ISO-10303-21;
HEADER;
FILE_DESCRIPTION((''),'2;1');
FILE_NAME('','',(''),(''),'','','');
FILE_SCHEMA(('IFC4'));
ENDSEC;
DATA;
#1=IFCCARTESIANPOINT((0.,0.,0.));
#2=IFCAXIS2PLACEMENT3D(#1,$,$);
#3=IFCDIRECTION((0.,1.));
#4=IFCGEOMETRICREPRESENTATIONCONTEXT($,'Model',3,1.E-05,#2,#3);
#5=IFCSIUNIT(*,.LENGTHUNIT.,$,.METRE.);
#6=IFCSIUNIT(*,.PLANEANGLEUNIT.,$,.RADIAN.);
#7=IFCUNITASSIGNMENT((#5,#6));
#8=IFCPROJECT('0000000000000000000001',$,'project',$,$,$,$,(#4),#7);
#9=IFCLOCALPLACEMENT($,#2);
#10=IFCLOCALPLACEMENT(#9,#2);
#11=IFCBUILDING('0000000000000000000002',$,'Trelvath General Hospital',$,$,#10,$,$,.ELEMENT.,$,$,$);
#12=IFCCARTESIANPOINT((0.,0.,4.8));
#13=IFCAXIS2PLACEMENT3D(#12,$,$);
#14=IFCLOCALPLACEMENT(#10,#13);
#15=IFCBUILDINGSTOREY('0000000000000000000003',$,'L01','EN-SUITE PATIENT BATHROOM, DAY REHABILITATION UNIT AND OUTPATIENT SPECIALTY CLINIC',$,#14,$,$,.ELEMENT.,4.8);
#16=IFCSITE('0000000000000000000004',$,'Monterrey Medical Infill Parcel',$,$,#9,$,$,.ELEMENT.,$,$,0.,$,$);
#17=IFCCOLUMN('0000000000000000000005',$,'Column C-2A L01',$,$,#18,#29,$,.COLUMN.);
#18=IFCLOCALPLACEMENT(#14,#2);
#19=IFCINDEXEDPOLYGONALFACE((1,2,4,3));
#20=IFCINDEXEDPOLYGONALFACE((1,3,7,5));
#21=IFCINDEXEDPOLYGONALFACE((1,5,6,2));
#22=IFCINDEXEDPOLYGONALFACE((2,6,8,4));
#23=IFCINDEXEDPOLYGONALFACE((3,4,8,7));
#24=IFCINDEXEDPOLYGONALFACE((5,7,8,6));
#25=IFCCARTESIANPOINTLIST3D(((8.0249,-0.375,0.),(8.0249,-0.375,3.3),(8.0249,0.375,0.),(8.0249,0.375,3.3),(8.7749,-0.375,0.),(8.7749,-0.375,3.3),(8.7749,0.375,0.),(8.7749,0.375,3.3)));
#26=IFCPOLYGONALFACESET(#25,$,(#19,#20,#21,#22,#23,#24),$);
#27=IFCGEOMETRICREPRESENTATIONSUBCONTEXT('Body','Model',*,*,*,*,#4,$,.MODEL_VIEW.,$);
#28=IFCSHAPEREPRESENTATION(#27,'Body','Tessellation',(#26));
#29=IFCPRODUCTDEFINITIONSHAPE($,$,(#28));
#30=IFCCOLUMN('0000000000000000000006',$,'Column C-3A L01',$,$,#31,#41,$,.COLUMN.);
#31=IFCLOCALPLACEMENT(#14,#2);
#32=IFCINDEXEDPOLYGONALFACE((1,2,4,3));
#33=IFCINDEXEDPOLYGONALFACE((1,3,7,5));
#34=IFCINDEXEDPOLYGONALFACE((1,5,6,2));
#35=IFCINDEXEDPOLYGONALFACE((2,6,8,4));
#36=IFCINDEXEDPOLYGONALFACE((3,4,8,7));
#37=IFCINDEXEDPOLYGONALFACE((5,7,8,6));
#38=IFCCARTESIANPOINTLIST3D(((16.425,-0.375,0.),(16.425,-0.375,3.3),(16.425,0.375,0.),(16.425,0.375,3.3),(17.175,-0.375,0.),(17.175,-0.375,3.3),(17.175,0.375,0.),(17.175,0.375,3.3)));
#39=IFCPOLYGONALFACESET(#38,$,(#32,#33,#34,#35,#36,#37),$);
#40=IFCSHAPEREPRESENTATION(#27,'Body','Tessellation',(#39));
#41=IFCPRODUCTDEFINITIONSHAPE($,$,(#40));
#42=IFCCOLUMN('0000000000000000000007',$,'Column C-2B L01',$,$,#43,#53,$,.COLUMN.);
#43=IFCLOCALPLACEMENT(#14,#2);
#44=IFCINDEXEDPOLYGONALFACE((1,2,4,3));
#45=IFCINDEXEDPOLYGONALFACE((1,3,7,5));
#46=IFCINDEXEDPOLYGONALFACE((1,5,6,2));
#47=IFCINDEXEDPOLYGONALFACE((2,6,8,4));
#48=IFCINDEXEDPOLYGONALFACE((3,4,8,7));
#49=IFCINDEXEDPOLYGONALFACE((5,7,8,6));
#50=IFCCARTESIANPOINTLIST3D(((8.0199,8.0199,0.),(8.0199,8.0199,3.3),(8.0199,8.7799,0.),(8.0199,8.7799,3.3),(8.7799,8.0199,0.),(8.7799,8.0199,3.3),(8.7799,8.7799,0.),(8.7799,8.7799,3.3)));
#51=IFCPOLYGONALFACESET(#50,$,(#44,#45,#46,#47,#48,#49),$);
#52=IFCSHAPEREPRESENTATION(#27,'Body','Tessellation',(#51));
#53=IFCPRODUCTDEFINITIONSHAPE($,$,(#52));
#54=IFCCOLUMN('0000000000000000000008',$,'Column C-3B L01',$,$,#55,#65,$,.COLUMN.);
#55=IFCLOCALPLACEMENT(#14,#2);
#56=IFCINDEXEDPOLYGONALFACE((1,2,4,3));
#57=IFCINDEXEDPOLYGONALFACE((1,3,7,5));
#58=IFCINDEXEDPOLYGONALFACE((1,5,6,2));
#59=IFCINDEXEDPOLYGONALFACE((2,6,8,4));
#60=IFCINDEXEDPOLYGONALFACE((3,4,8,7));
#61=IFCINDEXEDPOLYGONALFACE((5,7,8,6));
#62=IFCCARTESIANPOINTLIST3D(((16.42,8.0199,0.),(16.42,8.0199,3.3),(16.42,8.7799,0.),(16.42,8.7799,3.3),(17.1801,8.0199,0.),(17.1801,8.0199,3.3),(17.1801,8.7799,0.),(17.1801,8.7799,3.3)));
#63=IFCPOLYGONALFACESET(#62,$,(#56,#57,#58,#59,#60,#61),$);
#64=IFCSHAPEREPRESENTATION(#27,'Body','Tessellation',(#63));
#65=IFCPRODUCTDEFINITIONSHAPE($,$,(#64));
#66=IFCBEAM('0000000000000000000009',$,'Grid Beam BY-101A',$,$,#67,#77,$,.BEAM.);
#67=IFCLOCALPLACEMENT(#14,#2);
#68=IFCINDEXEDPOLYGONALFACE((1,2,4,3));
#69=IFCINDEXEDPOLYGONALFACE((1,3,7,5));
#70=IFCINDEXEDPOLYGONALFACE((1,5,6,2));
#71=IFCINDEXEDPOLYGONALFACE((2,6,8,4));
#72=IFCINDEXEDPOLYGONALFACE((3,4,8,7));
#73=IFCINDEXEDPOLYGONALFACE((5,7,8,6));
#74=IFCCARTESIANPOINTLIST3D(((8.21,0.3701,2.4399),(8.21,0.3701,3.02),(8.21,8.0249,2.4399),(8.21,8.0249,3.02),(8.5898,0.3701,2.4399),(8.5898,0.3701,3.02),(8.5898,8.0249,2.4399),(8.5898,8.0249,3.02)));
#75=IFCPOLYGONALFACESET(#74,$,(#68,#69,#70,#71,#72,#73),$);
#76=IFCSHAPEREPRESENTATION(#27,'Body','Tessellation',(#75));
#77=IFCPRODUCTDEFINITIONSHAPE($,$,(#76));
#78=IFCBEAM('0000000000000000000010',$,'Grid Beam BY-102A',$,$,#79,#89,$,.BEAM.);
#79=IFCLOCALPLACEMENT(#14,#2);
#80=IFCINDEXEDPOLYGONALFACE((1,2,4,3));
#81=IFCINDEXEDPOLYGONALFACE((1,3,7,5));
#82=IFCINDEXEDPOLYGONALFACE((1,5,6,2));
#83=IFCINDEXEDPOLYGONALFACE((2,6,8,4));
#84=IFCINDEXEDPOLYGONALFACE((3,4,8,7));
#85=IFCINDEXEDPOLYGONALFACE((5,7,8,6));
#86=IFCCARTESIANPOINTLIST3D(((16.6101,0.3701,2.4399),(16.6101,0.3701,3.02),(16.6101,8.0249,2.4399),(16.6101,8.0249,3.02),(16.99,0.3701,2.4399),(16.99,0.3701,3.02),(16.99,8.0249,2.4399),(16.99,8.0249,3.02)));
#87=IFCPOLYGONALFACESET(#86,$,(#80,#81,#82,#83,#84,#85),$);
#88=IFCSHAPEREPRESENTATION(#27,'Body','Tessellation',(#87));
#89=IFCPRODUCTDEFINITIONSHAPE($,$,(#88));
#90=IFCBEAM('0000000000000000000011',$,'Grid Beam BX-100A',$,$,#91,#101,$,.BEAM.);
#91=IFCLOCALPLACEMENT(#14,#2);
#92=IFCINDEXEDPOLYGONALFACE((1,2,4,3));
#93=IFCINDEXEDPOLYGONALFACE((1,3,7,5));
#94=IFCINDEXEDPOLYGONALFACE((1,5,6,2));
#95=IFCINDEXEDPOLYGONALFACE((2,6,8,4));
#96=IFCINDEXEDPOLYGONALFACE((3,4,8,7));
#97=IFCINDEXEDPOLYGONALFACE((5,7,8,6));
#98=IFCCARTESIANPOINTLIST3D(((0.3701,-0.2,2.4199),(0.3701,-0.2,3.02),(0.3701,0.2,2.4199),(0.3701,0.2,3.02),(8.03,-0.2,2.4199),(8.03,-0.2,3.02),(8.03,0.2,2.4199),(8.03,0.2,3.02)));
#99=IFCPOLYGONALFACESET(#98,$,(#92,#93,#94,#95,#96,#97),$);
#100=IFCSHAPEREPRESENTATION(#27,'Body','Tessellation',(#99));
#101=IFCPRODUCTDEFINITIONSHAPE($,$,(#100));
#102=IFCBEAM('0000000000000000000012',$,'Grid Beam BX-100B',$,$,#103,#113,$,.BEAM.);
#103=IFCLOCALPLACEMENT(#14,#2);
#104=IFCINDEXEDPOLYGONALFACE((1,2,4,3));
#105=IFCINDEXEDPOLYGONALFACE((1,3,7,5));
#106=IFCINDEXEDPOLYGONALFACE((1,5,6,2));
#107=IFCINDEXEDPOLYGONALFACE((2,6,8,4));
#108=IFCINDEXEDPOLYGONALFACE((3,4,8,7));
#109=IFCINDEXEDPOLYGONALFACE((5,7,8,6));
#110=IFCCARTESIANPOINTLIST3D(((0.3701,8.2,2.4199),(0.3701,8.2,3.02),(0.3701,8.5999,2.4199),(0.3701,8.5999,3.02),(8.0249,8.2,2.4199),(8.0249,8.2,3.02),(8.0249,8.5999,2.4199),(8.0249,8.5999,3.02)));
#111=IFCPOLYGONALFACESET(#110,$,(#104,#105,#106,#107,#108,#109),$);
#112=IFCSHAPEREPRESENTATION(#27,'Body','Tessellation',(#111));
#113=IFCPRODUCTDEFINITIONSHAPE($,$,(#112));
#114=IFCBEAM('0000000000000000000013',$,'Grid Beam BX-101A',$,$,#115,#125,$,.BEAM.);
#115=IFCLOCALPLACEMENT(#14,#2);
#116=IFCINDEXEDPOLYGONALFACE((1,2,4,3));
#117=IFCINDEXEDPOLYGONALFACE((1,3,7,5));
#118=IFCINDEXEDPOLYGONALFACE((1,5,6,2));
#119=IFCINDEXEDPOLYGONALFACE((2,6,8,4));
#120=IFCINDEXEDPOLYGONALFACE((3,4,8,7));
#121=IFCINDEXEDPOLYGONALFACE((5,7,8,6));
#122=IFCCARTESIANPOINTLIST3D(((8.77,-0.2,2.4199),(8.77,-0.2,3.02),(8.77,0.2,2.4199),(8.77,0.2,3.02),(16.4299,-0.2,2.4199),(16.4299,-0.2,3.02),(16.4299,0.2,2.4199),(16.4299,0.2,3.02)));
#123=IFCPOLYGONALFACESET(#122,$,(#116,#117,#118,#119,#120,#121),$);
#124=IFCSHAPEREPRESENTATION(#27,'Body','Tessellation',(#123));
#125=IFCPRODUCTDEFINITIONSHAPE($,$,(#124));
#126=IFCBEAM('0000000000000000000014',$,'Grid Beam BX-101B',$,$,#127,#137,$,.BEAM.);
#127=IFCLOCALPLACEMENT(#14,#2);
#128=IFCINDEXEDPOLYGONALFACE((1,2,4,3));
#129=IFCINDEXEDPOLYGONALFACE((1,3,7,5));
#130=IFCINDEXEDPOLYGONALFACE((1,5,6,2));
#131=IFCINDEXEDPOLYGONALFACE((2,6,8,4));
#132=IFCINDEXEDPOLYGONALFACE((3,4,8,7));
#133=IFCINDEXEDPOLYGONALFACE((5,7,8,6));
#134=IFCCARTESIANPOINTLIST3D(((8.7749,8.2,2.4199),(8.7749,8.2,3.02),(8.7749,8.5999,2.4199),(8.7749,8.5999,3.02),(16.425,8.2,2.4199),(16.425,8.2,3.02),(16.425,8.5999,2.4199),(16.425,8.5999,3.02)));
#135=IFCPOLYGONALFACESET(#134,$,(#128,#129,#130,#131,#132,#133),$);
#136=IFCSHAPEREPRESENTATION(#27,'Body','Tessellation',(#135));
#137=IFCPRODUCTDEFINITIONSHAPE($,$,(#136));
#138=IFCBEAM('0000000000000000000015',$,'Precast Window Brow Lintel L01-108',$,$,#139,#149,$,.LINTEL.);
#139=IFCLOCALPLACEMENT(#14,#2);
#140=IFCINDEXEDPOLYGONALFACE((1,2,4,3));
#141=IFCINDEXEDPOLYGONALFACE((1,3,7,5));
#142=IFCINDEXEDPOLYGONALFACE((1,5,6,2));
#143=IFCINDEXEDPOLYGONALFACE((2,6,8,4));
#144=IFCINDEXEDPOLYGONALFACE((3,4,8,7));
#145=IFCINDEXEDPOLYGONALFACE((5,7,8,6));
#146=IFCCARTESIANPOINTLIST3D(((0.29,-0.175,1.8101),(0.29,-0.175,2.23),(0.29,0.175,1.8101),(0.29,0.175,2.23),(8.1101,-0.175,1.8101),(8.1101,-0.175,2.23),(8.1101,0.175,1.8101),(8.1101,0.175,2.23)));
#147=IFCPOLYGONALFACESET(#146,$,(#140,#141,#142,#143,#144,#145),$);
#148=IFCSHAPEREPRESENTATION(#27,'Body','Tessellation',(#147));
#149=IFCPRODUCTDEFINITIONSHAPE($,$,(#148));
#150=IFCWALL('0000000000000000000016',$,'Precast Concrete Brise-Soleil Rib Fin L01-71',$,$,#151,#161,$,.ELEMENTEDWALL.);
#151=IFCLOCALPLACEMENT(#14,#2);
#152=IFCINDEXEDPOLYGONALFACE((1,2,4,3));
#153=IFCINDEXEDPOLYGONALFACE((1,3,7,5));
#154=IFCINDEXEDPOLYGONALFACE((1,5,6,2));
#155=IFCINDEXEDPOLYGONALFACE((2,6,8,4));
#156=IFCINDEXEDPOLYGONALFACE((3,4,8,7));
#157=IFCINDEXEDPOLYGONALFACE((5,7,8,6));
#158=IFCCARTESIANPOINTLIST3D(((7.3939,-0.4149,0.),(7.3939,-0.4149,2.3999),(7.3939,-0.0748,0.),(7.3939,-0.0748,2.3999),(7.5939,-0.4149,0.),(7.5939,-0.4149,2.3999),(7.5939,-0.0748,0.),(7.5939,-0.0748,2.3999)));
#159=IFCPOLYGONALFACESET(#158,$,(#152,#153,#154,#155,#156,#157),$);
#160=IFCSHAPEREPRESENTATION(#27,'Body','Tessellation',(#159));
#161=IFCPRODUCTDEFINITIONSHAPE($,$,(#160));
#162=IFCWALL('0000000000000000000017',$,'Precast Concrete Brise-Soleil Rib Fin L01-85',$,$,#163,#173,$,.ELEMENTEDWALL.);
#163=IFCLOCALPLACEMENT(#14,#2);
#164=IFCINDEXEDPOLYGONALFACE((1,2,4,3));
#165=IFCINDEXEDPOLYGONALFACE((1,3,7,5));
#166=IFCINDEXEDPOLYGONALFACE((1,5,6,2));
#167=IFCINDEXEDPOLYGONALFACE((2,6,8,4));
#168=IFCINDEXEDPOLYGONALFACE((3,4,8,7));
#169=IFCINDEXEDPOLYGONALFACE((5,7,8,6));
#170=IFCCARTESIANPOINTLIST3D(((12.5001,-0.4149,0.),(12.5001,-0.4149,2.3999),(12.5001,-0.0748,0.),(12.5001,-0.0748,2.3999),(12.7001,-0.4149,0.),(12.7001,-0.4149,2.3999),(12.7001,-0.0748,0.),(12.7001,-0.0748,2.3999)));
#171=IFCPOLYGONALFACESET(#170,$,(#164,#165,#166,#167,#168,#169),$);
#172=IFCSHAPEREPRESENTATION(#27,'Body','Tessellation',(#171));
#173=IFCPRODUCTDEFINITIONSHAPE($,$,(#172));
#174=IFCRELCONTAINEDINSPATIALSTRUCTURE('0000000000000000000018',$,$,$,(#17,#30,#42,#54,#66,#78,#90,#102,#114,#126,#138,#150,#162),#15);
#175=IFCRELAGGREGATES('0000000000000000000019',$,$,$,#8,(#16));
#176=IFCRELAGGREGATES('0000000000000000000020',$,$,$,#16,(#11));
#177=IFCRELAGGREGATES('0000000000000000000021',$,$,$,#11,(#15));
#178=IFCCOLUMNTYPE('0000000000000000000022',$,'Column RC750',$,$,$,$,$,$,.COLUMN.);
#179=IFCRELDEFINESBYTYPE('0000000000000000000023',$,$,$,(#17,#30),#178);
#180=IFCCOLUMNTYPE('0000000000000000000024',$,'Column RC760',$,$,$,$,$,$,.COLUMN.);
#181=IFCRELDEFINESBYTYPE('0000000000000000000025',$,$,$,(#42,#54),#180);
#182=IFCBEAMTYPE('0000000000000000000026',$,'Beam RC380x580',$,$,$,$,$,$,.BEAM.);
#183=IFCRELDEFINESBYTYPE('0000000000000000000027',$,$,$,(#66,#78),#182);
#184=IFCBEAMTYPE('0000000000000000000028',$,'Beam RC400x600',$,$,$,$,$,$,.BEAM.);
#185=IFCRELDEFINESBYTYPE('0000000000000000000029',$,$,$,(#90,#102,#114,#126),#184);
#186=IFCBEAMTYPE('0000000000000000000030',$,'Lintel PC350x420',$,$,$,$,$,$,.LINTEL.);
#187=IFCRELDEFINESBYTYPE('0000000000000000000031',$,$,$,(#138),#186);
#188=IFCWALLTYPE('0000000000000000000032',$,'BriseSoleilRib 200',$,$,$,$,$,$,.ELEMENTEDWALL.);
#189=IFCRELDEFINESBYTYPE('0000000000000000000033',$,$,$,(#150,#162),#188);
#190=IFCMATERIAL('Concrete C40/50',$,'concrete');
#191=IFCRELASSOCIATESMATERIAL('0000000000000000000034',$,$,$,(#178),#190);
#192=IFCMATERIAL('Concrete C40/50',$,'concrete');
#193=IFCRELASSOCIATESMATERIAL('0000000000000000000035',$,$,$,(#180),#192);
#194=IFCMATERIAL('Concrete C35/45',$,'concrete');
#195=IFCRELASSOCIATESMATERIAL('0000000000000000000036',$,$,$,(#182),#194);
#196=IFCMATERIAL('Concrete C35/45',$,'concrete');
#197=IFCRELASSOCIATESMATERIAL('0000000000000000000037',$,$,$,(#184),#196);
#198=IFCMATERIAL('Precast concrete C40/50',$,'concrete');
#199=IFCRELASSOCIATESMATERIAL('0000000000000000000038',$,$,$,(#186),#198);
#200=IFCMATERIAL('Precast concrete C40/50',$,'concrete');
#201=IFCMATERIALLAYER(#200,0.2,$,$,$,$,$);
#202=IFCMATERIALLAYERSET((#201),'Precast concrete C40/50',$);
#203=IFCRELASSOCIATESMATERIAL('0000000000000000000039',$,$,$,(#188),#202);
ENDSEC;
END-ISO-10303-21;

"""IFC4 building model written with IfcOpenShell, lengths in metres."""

from ifc_helpers import new_model, si_unit, direction, frame, frame_2d, origin, origin_2d, place, context, subcontext, project, spatial, rectangle, extrude, material, layer, layer_set, material_profile, profile_set, type_object, element, save


model = new_model("IFC4")

# Units and contexts
model_context = context("Model", 3, precision=1e-05, world=origin(), true_north=direction((0.0, 1.0)))
body_context = subcontext(model_context, "Body", "Model", "MODEL_VIEW")
ifc_project = project(units=[si_unit("LENGTHUNIT", "METRE"), si_unit("PLANEANGLEUNIT", "RADIAN")], contexts=[model_context])

# Site, building, storey
site_placement = place(None, origin())
site = spatial("IfcSite", under=ifc_project, at=site_placement, Name="Monterrey Medical Infill Parcel", CompositionType="ELEMENT", RefElevation=0.0)
building_placement = place(site_placement, origin())
building = spatial("IfcBuilding", under=site, at=building_placement, Name="Trelvath General Hospital", CompositionType="ELEMENT")
storey_placement = place(building_placement, frame((0.0, 0.0, 4.8)))
storey = spatial("IfcBuildingStorey", under=building, at=storey_placement, Name="L01", Description="EN-SUITE PATIENT BATHROOM, DAY REHABILITATION UNIT AND OUTPATIENT SPECIALTY CLINIC", CompositionType="ELEMENT", Elevation=4.8)

# Columns
ifc_material_1 = material(Name="Concrete C40/50", Category="concrete")
ifc_material_profile_1 = material_profile(ifc_material_1, rectangle(XDim=0.75, YDim=0.75, at=origin_2d()), Name="RC750x750")
ifc_profile_set_1 = profile_set([ifc_material_profile_1], Name="Concrete C40/50")
column_type_1 = type_object("IfcColumnType", Name="Column RC750", PredefinedType="COLUMN", material=ifc_profile_set_1)
for number, where, z_axis, x_axis, name in (
    (1, (8.3999, 0.0, 0.0), (0.0, 0.0, 1.0), (1.0, 0.0, 0.0), "Column C-2A L01"),
    (2, (16.8, 0.0, 0.0), (0.0, 0.0, 1.0), (1.0, 0.0, 0.0), "Column C-3A L01"),
):
    element("IfcColumn", number, at=place(storey_placement, frame(where, z_axis=z_axis, x_axis=x_axis)), inside=storey, type_object=column_type_1, Name=name, PredefinedType="COLUMN", context=body_context, shape_type="SweptSolid", body=[
        extrude(rectangle(XDim=0.75, YDim=0.75, at=origin_2d()), origin(), (0.0, 0.0, 1.0), 3.3),
    ])
ifc_material_2 = material(Name="Concrete C40/50", Category="concrete")
ifc_material_profile_2 = material_profile(ifc_material_2, rectangle(XDim=0.76, YDim=0.76, at=origin_2d()), Name="RC760x760")
ifc_profile_set_2 = profile_set([ifc_material_profile_2], Name="Concrete C40/50")
column_type_2 = type_object("IfcColumnType", Name="Column RC760", PredefinedType="COLUMN", material=ifc_profile_set_2)
for number, where, z_axis, x_axis, name in (
    (3, (8.3999, 8.3999, 0.0), (0.0, 0.0, 1.0), (1.0, 0.0, 0.0), "Column C-2B L01"),
    (4, (16.8, 8.3999, 0.0), (0.0, 0.0, 1.0), (1.0, 0.0, 0.0), "Column C-3B L01"),
):
    element("IfcColumn", number, at=place(storey_placement, frame(where, z_axis=z_axis, x_axis=x_axis)), inside=storey, type_object=column_type_2, Name=name, PredefinedType="COLUMN", context=body_context, shape_type="SweptSolid", body=[
        extrude(rectangle(XDim=0.76, YDim=0.76, at=origin_2d()), origin(), (0.0, 0.0, 1.0), 3.3),
    ])

# Beams
ifc_material_3 = material(Name="Concrete C35/45", Category="concrete")
ifc_material_profile_3 = material_profile(ifc_material_3, rectangle(XDim=0.3799, YDim=0.5801, at=origin_2d()), Name="RCB380x580")
ifc_profile_set_3 = profile_set([ifc_material_profile_3], Name="Concrete C35/45")
beam_type_1 = type_object("IfcBeamType", Name="Beam RC380x580", PredefinedType="BEAM", material=ifc_profile_set_3)
for number, where, z_axis, x_axis, name in (
    (5, (8.3999, 0.3701, 2.73), (0.0, 1.0, 0.0), (-1.0, 0.0, 0.0), "Grid Beam BY-101A"),
    (6, (16.8, 0.3701, 2.73), (0.0, 1.0, 0.0), (-1.0, 0.0, 0.0), "Grid Beam BY-102A"),
):
    element("IfcBeam", number, at=place(storey_placement, frame(where, z_axis=z_axis, x_axis=x_axis)), inside=storey, type_object=beam_type_1, Name=name, PredefinedType="BEAM", context=body_context, shape_type="SweptSolid", body=[
        extrude(rectangle(XDim=0.3799, YDim=0.5801, at=origin_2d()), origin(), (0.0, 0.0, 1.0), 7.6548),
    ])
ifc_material_4 = material(Name="Concrete C35/45", Category="concrete")
ifc_material_profile_4 = material_profile(ifc_material_4, rectangle(XDim=0.3999, YDim=0.6001, at=origin_2d()), Name="RCB400x600")
ifc_profile_set_4 = profile_set([ifc_material_profile_4], Name="Concrete C35/45")
beam_type_2 = type_object("IfcBeamType", Name="Beam RC400x600", PredefinedType="BEAM", material=ifc_profile_set_4)
beam_1_placement = place(storey_placement, frame((0.3701, 0.0, 2.72), z_axis=(1.0, 0.0, 0.0), x_axis=(0.0, 1.0, 0.0)))
element("IfcBeam", 7, at=beam_1_placement, inside=storey, type_object=beam_type_2, Name="Grid Beam BX-100A", PredefinedType="BEAM", context=body_context, shape_type="SweptSolid", body=[
    extrude(rectangle(XDim=0.3999, YDim=0.6001, at=origin_2d()), origin(), (0.0, 0.0, 1.0), 7.6599),
])
beam_2_placement = place(storey_placement, frame((0.3701, 8.3999, 2.72), z_axis=(1.0, 0.0, 0.0), x_axis=(0.0, 1.0, 0.0)))
element("IfcBeam", 8, at=beam_2_placement, inside=storey, type_object=beam_type_2, Name="Grid Beam BX-100B", PredefinedType="BEAM", context=body_context, shape_type="SweptSolid", body=[
    extrude(rectangle(XDim=0.3999, YDim=0.6001, at=origin_2d()), origin(), (0.0, 0.0, 1.0), 7.6548),
])
beam_3_placement = place(storey_placement, frame((8.77, 0.0, 2.72), z_axis=(1.0, 0.0, 0.0), x_axis=(0.0, 1.0, 0.0)))
element("IfcBeam", 9, at=beam_3_placement, inside=storey, type_object=beam_type_2, Name="Grid Beam BX-101A", PredefinedType="BEAM", context=body_context, shape_type="SweptSolid", body=[
    extrude(rectangle(XDim=0.3999, YDim=0.6001, at=origin_2d()), origin(), (0.0, 0.0, 1.0), 7.6599),
])
beam_4_placement = place(storey_placement, frame((8.7749, 8.3999, 2.72), z_axis=(1.0, 0.0, 0.0), x_axis=(0.0, 1.0, 0.0)))
element("IfcBeam", 10, at=beam_4_placement, inside=storey, type_object=beam_type_2, Name="Grid Beam BX-101B", PredefinedType="BEAM", context=body_context, shape_type="SweptSolid", body=[
    extrude(rectangle(XDim=0.3999, YDim=0.6001, at=origin_2d()), origin(), (0.0, 0.0, 1.0), 7.6501),
])
ifc_material_5 = material(Name="Precast concrete C40/50", Category="concrete")
ifc_material_profile_5 = material_profile(ifc_material_5, rectangle(XDim=0.3501, YDim=0.4199, at=origin_2d()), Name="PCL350x420")
ifc_profile_set_5 = profile_set([ifc_material_profile_5], Name="Precast concrete C40/50")
beam_type_3 = type_object("IfcBeamType", Name="Lintel PC350x420", PredefinedType="LINTEL", material=ifc_profile_set_5)
beam_5_placement = place(storey_placement, frame((8.1101, 0.0, 2.02), z_axis=(-1.0, 0.0, 0.0), x_axis=(0.0, -1.0, 0.0)))
element("IfcBeam", 11, at=beam_5_placement, inside=storey, type_object=beam_type_3, Name="Precast Window Brow Lintel L01-108", PredefinedType="LINTEL", context=body_context, shape_type="SweptSolid", body=[
    extrude(rectangle(XDim=0.3501, YDim=0.4199, at=origin_2d()), origin(), (0.0, 0.0, 1.0), 7.8201),
])

# Walls
ifc_material_6 = material(Name="Precast concrete C40/50", Category="concrete")
ifc_layer_1 = layer(ifc_material_6, 0.2)
ifc_layer_set_1 = layer_set([ifc_layer_1], Name="Precast concrete C40/50")
wall_type_1 = type_object("IfcWallType", Name="BriseSoleilRib 200", PredefinedType="ELEMENTEDWALL", material=ifc_layer_set_1)
for number, where, z_axis, x_axis, name in (
    (12, (7.4939, -0.075, 0.0), (0.0, 0.0, 1.0), (0.0, -1.0, 0.0), "Precast Concrete Brise-Soleil Rib Fin L01-71"),
    (13, (12.6001, -0.075, 0.0), (0.0, 0.0, 1.0), (0.0, -1.0, 0.0), "Precast Concrete Brise-Soleil Rib Fin L01-85"),
):
    element("IfcWall", number, at=place(storey_placement, frame(where, z_axis=z_axis, x_axis=x_axis)), inside=storey, type_object=wall_type_1, Name=name, PredefinedType="ELEMENTEDWALL", context=body_context, shape_type="SweptSolid", body=[
        extrude(rectangle(XDim=0.3401, YDim=0.2, at=frame_2d((0.1699, 0.0))), origin(), (0.0, 0.0, 1.0), 2.3999),
    ])

save(model, "model.ifc")
